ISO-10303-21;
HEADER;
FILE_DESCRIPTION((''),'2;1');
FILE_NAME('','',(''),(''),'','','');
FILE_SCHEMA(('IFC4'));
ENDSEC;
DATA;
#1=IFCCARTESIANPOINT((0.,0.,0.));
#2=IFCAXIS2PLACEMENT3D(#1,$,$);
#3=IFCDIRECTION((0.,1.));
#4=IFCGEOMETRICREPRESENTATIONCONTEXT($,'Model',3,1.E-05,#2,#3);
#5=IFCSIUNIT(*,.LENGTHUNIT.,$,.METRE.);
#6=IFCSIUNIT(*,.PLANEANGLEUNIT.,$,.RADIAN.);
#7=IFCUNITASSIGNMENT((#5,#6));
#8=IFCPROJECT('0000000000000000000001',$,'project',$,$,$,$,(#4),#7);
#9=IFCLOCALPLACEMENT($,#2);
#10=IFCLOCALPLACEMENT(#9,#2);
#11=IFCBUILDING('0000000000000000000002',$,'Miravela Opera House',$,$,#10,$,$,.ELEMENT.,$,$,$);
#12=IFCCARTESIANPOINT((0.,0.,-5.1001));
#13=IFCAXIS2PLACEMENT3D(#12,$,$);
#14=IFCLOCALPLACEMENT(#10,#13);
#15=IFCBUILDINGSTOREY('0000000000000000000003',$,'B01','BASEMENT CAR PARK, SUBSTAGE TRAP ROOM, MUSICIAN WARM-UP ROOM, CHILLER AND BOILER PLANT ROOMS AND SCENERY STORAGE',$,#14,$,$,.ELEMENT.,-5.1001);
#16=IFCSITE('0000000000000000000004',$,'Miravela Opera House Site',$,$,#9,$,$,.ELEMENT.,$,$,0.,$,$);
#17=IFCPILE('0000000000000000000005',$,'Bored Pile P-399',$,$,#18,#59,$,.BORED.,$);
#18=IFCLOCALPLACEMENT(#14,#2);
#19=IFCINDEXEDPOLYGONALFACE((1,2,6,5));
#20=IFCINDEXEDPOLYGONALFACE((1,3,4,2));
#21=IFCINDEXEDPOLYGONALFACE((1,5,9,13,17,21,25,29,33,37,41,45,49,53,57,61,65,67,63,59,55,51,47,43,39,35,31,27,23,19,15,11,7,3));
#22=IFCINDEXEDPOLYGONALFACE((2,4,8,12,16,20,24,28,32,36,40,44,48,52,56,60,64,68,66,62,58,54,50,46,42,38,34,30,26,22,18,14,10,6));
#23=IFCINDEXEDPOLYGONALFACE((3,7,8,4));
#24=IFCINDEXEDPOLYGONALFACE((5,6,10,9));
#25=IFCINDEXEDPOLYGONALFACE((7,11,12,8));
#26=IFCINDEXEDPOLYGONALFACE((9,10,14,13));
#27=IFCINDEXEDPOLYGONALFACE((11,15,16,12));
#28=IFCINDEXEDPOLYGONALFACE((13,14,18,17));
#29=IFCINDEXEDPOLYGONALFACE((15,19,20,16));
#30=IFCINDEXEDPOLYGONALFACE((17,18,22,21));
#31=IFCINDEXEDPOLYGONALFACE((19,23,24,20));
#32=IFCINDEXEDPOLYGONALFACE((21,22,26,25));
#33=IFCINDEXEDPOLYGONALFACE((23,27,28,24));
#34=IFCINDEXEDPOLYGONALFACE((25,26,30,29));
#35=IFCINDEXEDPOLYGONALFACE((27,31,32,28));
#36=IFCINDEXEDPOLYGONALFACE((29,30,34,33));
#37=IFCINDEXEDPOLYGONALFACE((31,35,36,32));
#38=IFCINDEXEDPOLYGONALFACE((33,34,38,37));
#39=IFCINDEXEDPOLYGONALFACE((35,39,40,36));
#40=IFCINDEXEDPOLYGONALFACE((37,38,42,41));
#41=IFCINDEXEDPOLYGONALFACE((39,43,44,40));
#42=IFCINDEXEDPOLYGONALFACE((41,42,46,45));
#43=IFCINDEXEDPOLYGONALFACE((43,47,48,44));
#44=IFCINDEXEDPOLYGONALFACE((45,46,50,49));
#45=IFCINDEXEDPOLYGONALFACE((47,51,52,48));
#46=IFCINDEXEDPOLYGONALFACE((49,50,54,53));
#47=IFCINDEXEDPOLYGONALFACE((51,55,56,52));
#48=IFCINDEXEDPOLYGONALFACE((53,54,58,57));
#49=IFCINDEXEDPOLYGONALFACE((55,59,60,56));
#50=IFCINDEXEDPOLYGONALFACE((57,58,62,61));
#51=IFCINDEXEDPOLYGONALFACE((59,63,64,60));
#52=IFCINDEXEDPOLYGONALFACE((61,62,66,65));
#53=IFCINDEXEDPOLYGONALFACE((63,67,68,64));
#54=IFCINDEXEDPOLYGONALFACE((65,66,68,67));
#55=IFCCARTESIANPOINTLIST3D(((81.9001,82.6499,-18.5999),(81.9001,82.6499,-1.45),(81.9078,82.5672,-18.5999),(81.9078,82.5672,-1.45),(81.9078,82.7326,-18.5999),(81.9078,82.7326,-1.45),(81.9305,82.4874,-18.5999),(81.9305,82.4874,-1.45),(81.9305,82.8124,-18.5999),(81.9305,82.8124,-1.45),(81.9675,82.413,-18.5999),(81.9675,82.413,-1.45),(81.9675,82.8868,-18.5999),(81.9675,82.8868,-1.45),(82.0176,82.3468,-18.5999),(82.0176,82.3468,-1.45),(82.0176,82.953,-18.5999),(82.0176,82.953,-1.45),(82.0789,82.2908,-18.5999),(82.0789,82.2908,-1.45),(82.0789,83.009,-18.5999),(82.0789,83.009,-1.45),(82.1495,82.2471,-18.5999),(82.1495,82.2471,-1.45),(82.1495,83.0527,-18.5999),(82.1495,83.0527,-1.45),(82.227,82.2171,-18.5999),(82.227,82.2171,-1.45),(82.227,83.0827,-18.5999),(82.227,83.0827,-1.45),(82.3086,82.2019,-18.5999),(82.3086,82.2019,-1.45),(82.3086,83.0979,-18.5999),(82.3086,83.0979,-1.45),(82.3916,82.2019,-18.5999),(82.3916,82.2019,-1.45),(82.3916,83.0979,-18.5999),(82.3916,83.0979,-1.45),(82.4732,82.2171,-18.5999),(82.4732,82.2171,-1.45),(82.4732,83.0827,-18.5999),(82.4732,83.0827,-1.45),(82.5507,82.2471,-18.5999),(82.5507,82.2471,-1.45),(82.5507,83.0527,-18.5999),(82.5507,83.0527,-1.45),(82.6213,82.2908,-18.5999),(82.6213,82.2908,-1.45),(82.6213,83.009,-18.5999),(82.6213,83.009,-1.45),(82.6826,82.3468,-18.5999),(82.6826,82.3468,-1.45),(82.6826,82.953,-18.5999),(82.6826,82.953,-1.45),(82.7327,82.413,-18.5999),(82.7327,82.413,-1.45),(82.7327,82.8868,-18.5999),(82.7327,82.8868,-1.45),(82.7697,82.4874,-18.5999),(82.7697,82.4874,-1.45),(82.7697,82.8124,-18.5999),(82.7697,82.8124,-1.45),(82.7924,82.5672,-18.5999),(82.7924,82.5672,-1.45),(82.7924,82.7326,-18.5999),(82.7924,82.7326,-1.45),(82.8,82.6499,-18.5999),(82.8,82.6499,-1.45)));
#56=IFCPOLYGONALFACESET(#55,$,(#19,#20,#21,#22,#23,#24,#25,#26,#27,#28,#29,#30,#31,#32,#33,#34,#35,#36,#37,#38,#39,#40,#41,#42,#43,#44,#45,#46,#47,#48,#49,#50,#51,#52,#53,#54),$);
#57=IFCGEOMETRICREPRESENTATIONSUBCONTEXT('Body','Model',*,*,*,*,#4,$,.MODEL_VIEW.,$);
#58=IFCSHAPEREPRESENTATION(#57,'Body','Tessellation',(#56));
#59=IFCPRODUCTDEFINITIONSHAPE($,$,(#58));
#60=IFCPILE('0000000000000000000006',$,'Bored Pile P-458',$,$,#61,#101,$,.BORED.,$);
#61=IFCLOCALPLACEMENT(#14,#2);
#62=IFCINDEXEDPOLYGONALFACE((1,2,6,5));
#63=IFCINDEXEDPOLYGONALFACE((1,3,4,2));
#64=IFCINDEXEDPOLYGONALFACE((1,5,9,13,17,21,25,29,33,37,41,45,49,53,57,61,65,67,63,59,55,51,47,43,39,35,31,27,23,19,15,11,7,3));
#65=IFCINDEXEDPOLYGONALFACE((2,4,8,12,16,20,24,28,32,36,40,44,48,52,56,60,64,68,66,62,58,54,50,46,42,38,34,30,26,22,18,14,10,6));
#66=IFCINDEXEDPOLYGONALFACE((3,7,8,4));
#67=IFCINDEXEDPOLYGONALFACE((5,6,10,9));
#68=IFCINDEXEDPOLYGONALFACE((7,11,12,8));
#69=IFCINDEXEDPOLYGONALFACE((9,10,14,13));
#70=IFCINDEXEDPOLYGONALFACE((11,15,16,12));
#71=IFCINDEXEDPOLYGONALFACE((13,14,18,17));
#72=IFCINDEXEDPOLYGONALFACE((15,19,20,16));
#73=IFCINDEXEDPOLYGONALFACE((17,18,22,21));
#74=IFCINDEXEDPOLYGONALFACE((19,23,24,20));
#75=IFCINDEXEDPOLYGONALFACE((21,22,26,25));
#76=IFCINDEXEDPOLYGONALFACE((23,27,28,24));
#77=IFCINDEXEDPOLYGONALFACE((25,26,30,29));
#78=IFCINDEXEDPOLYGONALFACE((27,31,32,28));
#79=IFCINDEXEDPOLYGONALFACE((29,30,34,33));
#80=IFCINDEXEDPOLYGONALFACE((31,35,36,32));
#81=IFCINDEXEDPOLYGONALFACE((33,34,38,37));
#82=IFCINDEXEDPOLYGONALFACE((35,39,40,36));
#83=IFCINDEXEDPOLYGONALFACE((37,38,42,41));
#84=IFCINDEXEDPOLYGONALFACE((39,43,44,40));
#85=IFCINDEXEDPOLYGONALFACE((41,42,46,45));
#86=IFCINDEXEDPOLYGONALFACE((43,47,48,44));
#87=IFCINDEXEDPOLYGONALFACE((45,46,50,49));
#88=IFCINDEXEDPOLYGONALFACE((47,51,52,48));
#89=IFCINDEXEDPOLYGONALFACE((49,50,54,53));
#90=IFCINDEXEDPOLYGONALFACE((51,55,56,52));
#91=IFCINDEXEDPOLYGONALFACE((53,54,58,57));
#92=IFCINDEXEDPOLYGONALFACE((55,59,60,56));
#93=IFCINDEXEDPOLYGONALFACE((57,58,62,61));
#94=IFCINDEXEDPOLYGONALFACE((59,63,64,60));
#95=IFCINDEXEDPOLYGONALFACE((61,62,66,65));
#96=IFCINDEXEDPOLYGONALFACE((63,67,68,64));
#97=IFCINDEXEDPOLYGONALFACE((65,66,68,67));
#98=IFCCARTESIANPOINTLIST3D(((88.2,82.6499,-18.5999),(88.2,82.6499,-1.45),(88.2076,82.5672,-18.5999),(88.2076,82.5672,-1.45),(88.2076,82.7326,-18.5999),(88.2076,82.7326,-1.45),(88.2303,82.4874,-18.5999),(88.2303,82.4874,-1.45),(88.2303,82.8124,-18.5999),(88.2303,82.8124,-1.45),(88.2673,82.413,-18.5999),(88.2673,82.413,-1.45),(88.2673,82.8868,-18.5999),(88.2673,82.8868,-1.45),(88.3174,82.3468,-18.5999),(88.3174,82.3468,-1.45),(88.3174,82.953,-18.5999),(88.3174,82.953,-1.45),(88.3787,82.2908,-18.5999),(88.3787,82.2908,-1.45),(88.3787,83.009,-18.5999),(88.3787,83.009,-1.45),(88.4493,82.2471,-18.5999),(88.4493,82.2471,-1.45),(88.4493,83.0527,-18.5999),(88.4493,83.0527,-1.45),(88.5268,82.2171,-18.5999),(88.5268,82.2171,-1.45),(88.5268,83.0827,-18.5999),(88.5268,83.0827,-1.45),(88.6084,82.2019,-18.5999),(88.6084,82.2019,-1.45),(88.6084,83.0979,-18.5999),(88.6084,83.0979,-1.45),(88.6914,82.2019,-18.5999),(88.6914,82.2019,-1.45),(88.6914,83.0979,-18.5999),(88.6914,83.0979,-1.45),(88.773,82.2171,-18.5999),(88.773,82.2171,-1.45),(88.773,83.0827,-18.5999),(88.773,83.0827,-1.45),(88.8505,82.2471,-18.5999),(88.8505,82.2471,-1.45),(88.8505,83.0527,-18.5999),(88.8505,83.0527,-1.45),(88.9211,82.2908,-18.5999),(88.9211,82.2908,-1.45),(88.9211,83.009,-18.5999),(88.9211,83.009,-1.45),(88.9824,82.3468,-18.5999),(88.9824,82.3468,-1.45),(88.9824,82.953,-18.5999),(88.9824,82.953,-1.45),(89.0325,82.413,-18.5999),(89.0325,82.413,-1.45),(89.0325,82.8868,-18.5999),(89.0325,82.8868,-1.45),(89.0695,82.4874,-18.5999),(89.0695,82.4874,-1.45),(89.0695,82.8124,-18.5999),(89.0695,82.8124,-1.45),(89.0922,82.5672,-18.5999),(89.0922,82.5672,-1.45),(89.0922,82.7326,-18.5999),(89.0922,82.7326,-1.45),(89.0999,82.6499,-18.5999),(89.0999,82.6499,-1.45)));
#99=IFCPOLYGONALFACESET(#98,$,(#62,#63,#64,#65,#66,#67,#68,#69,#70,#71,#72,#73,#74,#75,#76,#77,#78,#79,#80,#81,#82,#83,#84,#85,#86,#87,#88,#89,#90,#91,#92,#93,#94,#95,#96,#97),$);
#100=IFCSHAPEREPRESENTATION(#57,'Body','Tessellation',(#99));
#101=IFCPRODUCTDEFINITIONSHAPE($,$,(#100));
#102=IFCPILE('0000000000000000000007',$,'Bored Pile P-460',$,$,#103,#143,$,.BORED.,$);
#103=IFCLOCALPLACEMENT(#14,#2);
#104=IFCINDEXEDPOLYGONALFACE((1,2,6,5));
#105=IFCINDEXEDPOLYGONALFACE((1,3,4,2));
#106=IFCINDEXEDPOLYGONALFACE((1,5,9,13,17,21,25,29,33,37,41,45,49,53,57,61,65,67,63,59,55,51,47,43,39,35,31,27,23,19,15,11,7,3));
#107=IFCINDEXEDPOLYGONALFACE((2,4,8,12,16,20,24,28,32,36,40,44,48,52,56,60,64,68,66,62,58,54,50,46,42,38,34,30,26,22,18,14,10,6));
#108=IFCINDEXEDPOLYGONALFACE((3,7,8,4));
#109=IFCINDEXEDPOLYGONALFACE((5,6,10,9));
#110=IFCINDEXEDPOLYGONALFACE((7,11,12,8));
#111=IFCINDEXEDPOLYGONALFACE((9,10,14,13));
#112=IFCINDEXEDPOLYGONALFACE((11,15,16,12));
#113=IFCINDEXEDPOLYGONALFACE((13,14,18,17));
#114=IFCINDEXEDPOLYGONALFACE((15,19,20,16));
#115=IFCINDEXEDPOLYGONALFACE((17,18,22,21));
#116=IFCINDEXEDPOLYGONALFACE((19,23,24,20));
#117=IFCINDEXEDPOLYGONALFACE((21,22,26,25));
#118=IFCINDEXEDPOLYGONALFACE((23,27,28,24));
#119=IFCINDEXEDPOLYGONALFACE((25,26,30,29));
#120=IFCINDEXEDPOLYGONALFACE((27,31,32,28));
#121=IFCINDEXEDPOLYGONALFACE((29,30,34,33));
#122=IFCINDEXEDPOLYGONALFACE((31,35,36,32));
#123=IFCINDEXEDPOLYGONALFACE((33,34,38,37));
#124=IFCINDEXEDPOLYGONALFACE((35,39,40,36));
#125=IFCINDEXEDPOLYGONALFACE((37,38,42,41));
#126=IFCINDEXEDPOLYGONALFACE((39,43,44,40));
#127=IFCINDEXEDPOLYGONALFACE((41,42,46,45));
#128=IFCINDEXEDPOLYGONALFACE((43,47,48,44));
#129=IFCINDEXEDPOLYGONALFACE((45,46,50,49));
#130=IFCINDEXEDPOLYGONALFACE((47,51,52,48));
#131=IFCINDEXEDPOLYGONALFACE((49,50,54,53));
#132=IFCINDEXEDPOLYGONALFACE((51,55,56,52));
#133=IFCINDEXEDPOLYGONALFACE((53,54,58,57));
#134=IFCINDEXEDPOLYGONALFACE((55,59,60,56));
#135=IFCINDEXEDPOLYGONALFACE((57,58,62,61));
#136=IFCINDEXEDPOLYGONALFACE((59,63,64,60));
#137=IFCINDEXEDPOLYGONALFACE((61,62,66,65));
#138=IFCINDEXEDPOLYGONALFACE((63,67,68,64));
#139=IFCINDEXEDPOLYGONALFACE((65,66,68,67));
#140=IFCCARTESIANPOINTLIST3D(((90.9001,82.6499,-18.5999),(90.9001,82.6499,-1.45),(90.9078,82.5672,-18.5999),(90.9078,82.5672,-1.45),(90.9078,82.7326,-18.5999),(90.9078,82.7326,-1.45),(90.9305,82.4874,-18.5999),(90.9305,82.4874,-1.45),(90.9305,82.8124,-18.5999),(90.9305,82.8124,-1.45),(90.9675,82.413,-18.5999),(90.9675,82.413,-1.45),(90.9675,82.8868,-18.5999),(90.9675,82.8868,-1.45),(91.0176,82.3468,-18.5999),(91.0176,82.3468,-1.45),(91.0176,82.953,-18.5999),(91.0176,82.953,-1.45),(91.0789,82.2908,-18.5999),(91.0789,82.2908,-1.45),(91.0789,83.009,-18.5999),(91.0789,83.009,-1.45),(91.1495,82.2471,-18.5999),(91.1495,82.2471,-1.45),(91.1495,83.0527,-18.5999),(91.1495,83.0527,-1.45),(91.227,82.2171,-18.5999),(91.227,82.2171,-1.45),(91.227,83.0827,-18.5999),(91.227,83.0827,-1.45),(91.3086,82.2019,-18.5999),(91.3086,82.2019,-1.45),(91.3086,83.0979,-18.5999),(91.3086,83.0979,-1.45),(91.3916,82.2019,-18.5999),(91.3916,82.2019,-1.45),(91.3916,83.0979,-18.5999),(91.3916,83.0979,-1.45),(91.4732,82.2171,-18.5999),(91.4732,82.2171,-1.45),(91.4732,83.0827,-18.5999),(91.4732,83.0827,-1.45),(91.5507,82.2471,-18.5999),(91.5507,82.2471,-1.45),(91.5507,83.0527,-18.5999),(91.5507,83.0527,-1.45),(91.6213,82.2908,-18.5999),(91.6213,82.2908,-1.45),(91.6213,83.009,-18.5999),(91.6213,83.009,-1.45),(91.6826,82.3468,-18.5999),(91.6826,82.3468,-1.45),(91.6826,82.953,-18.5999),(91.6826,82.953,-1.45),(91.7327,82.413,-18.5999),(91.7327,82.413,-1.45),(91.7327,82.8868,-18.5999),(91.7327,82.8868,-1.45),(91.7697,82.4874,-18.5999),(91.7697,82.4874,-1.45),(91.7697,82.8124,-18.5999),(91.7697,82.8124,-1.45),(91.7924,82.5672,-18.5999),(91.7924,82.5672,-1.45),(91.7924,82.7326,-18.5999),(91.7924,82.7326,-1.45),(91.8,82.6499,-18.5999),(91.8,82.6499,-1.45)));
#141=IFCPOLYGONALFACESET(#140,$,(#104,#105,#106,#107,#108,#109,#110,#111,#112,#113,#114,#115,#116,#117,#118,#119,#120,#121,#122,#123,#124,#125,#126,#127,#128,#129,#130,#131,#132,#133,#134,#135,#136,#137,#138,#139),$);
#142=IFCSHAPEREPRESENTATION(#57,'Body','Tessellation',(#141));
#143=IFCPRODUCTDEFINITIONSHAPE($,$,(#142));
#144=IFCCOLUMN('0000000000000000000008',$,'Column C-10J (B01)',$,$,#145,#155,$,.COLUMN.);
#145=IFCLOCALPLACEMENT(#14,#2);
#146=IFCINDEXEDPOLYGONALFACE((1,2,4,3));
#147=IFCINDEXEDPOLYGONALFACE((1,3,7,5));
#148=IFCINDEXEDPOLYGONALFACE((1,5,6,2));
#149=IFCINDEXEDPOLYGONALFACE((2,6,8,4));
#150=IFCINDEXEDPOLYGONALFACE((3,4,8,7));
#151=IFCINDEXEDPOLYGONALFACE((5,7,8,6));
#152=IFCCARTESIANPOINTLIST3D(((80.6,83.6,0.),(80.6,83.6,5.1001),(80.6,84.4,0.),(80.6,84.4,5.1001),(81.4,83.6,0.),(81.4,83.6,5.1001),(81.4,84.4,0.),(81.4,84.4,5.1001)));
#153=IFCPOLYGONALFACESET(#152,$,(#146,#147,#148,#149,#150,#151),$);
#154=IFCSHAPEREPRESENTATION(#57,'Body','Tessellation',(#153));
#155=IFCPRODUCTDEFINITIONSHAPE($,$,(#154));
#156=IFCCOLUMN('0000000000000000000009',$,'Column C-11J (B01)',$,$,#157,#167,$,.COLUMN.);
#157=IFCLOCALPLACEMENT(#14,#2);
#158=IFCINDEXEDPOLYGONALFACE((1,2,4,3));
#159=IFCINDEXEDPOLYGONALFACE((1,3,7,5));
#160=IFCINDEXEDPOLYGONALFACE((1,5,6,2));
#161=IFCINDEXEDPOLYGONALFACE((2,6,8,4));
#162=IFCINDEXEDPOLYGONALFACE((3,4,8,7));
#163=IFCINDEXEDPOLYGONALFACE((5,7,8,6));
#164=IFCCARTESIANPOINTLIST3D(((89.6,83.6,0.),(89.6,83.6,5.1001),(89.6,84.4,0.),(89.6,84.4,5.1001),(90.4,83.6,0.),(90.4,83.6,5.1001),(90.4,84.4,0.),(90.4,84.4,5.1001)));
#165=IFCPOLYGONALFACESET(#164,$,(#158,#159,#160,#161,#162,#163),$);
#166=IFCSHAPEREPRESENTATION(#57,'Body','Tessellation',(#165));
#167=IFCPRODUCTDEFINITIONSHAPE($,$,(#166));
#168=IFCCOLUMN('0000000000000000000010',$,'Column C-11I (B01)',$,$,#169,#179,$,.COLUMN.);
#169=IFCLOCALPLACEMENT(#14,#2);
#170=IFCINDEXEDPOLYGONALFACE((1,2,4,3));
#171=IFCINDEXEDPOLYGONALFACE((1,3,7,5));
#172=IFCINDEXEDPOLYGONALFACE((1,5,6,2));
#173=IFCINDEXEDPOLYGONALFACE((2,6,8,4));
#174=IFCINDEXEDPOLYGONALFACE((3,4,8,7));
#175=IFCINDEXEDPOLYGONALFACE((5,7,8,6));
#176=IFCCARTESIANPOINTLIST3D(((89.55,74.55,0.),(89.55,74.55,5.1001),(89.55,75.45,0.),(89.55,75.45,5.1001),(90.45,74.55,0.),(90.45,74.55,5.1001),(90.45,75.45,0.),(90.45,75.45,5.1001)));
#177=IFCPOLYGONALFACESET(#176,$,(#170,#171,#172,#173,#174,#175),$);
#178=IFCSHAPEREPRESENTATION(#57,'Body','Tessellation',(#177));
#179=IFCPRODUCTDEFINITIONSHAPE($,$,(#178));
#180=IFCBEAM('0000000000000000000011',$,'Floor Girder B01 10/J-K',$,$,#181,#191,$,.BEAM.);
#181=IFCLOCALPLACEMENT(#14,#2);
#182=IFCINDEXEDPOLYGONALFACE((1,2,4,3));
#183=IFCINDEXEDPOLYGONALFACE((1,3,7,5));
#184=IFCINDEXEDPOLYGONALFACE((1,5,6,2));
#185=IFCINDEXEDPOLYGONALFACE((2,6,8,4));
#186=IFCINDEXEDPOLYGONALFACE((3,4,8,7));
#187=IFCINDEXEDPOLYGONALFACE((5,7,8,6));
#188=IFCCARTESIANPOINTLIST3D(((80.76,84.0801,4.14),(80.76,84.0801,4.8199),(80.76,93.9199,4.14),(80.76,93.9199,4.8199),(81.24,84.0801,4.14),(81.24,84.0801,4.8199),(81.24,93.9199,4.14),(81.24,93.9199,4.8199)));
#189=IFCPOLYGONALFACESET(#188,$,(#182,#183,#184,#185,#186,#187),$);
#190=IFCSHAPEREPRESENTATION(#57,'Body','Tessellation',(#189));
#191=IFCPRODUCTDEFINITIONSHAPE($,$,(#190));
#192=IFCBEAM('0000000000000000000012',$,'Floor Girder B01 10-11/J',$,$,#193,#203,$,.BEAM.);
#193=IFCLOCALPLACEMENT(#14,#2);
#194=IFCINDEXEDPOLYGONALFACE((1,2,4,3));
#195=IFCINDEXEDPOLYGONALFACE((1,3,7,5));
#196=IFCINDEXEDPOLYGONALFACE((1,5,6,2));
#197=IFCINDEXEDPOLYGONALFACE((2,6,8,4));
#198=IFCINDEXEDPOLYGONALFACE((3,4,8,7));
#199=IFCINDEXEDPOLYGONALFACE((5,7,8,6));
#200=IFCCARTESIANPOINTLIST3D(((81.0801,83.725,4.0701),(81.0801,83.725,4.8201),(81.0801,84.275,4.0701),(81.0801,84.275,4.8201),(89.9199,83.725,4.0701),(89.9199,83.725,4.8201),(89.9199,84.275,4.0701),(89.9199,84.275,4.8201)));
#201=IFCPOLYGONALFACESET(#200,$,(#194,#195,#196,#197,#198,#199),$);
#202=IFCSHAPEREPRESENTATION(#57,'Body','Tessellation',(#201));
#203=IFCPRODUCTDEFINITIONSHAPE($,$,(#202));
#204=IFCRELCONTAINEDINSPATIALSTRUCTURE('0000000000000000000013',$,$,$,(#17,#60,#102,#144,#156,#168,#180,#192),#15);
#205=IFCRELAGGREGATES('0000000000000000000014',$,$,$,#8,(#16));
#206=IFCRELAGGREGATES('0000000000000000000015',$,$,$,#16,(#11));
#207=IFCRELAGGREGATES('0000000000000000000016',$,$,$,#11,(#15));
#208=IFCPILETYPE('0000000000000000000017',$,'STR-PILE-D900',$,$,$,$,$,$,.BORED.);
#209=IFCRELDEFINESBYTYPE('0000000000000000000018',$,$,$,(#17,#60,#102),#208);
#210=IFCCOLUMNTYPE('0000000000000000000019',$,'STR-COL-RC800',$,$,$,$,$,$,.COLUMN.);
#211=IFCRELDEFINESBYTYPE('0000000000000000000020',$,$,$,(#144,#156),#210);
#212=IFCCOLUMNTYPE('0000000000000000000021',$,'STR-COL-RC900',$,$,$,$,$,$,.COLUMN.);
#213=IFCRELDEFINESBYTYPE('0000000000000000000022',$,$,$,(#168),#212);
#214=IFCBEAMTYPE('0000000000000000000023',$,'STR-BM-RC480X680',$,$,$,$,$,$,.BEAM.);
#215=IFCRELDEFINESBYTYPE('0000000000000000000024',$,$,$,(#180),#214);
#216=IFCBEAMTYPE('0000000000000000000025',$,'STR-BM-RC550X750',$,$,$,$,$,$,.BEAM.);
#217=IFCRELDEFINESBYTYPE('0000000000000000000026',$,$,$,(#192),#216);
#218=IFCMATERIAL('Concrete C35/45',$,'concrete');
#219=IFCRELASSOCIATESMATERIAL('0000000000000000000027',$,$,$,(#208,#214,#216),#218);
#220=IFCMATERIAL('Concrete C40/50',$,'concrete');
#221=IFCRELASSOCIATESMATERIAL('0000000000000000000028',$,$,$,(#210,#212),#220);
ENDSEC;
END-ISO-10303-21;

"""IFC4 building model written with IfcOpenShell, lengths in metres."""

from ifc_helpers import new_model, si_unit, direction, frame, origin, origin_2d, place, context, subcontext, project, spatial, rectangle, circle, extrude, material, material_profile, profile_set, type_object, element, save


model = new_model("IFC4")

# Units and contexts
model_context = context("Model", 3, precision=1e-05, world=origin(), true_north=direction((0.0, 1.0)))
body_context = subcontext(model_context, "Body", "Model", "MODEL_VIEW")
ifc_project = project(units=[si_unit("LENGTHUNIT", "METRE"), si_unit("PLANEANGLEUNIT", "RADIAN")], contexts=[model_context])

# Site, building, storey
site_placement = place(None, origin())
site = spatial("IfcSite", under=ifc_project, at=site_placement, Name="Miravela Opera House Site", CompositionType="ELEMENT", RefElevation=0.0)
building_placement = place(site_placement, origin())
building = spatial("IfcBuilding", under=site, at=building_placement, Name="Miravela Opera House", CompositionType="ELEMENT")
storey_placement = place(building_placement, frame((0.0, 0.0, -5.1001)))
storey = spatial("IfcBuildingStorey", under=building, at=storey_placement, Name="B01", Description="BASEMENT CAR PARK, SUBSTAGE TRAP ROOM, MUSICIAN WARM-UP ROOM, CHILLER AND BOILER PLANT ROOMS AND SCENERY STORAGE", CompositionType="ELEMENT", Elevation=-5.1001)

# Shared definitions
ifc_material_1 = material(Name="Concrete C35/45", Category="concrete")

# Piles
ifc_material_profile_1 = material_profile(ifc_material_1, circle(Radius=0.45, at=origin_2d()), Name="PILE-D900")
ifc_profile_set_1 = profile_set([ifc_material_profile_1])
pile_type_1 = type_object("IfcPileType", Name="STR-PILE-D900", PredefinedType="BORED", material=ifc_profile_set_1)
for number, where, z_axis, x_axis, name in (
    (1, (82.3501, 82.6499, -1.45), (0.0, 0.0, -1.0), (1.0, 0.0, 0.0), "Bored Pile P-399"),
    (2, (88.6499, 82.6499, -1.45), (0.0, 0.0, -1.0), (1.0, 0.0, 0.0), "Bored Pile P-458"),
    (3, (91.3501, 82.6499, -1.45), (0.0, 0.0, -1.0), (1.0, 0.0, 0.0), "Bored Pile P-460"),
):
    element("IfcPile", number, at=place(storey_placement, frame(where, z_axis=z_axis, x_axis=x_axis)), inside=storey, type_object=pile_type_1, Name=name, PredefinedType="BORED", context=body_context, shape_type="SweptSolid", body=[
        extrude(circle(Radius=0.45, at=origin_2d()), origin(), (0.0, 0.0, 1.0), 17.1499),
    ])

# Columns
ifc_material_2 = material(Name="Concrete C40/50", Category="concrete")
ifc_material_profile_2 = material_profile(ifc_material_2, rectangle(XDim=0.8, YDim=0.8, at=origin_2d()), Name="RC-COL-800X800")
ifc_profile_set_2 = profile_set([ifc_material_profile_2])
column_type_1 = type_object("IfcColumnType", Name="STR-COL-RC800", PredefinedType="COLUMN", material=ifc_profile_set_2)
for number, where, z_axis, x_axis, name in (
    (4, (81.0, 84.0, 0.0), (0.0, 0.0, 1.0), (1.0, 0.0, 0.0), "Column C-10J (B01)"),
    (5, (90.0, 84.0, 0.0), (0.0, 0.0, 1.0), (1.0, 0.0, 0.0), "Column C-11J (B01)"),
):
    element("IfcColumn", number, at=place(storey_placement, frame(where, z_axis=z_axis, x_axis=x_axis)), inside=storey, type_object=column_type_1, Name=name, PredefinedType="COLUMN", context=body_context, shape_type="SweptSolid", body=[
        extrude(rectangle(XDim=0.8, YDim=0.8, at=origin_2d()), origin(), (0.0, 0.0, 1.0), 5.1001),
    ])
ifc_material_profile_3 = material_profile(ifc_material_2, rectangle(XDim=0.8999, YDim=0.8999, at=origin_2d()), Name="RC-COL-900X900")
ifc_profile_set_3 = profile_set([ifc_material_profile_3])
column_type_2 = type_object("IfcColumnType", Name="STR-COL-RC900", PredefinedType="COLUMN", material=ifc_profile_set_3)
column_placement = place(storey_placement, frame((90.0, 75.0, 0.0), z_axis=(0.0, 0.0, 1.0), x_axis=(1.0, 0.0, 0.0)))
element("IfcColumn", 6, at=column_placement, inside=storey, type_object=column_type_2, Name="Column C-11I (B01)", PredefinedType="COLUMN", context=body_context, shape_type="SweptSolid", body=[
    extrude(rectangle(XDim=0.8999, YDim=0.8999, at=origin_2d()), origin(), (0.0, 0.0, 1.0), 5.1001),
])

# Beams
ifc_material_profile_4 = material_profile(ifc_material_1, rectangle(XDim=0.48, YDim=0.6799, at=origin_2d()), Name="RC-BM-480X680")
ifc_profile_set_4 = profile_set([ifc_material_profile_4])
beam_type_1 = type_object("IfcBeamType", Name="STR-BM-RC480X680", PredefinedType="BEAM", material=ifc_profile_set_4)
beam_1_placement = place(storey_placement, frame((81.0, 84.0801, 4.48), z_axis=(0.0, 1.0, 0.0), x_axis=(-1.0, 0.0, 0.0)))
element("IfcBeam", 7, at=beam_1_placement, inside=storey, type_object=beam_type_1, Name="Floor Girder B01 10/J-K", PredefinedType="BEAM", context=body_context, shape_type="SweptSolid", body=[
    extrude(rectangle(XDim=0.48, YDim=0.6799, at=origin_2d()), origin(), (0.0, 0.0, 1.0), 9.8398),
])
ifc_material_profile_5 = material_profile(ifc_material_1, rectangle(XDim=0.55, YDim=0.75, at=origin_2d()), Name="RC-BM-550X750")
ifc_profile_set_5 = profile_set([ifc_material_profile_5])
beam_type_2 = type_object("IfcBeamType", Name="STR-BM-RC550X750", PredefinedType="BEAM", material=ifc_profile_set_5)
beam_2_placement = place(storey_placement, frame((81.0801, 84.0, 4.4451), z_axis=(1.0, 0.0, 0.0), x_axis=(0.0, 1.0, 0.0)))
element("IfcBeam", 8, at=beam_2_placement, inside=storey, type_object=beam_type_2, Name="Floor Girder B01 10-11/J", PredefinedType="BEAM", context=body_context, shape_type="SweptSolid", body=[
    extrude(rectangle(XDim=0.55, YDim=0.75, at=origin_2d()), origin(), (0.0, 0.0, 1.0), 8.8398),
])

save(model, "model.ifc")
